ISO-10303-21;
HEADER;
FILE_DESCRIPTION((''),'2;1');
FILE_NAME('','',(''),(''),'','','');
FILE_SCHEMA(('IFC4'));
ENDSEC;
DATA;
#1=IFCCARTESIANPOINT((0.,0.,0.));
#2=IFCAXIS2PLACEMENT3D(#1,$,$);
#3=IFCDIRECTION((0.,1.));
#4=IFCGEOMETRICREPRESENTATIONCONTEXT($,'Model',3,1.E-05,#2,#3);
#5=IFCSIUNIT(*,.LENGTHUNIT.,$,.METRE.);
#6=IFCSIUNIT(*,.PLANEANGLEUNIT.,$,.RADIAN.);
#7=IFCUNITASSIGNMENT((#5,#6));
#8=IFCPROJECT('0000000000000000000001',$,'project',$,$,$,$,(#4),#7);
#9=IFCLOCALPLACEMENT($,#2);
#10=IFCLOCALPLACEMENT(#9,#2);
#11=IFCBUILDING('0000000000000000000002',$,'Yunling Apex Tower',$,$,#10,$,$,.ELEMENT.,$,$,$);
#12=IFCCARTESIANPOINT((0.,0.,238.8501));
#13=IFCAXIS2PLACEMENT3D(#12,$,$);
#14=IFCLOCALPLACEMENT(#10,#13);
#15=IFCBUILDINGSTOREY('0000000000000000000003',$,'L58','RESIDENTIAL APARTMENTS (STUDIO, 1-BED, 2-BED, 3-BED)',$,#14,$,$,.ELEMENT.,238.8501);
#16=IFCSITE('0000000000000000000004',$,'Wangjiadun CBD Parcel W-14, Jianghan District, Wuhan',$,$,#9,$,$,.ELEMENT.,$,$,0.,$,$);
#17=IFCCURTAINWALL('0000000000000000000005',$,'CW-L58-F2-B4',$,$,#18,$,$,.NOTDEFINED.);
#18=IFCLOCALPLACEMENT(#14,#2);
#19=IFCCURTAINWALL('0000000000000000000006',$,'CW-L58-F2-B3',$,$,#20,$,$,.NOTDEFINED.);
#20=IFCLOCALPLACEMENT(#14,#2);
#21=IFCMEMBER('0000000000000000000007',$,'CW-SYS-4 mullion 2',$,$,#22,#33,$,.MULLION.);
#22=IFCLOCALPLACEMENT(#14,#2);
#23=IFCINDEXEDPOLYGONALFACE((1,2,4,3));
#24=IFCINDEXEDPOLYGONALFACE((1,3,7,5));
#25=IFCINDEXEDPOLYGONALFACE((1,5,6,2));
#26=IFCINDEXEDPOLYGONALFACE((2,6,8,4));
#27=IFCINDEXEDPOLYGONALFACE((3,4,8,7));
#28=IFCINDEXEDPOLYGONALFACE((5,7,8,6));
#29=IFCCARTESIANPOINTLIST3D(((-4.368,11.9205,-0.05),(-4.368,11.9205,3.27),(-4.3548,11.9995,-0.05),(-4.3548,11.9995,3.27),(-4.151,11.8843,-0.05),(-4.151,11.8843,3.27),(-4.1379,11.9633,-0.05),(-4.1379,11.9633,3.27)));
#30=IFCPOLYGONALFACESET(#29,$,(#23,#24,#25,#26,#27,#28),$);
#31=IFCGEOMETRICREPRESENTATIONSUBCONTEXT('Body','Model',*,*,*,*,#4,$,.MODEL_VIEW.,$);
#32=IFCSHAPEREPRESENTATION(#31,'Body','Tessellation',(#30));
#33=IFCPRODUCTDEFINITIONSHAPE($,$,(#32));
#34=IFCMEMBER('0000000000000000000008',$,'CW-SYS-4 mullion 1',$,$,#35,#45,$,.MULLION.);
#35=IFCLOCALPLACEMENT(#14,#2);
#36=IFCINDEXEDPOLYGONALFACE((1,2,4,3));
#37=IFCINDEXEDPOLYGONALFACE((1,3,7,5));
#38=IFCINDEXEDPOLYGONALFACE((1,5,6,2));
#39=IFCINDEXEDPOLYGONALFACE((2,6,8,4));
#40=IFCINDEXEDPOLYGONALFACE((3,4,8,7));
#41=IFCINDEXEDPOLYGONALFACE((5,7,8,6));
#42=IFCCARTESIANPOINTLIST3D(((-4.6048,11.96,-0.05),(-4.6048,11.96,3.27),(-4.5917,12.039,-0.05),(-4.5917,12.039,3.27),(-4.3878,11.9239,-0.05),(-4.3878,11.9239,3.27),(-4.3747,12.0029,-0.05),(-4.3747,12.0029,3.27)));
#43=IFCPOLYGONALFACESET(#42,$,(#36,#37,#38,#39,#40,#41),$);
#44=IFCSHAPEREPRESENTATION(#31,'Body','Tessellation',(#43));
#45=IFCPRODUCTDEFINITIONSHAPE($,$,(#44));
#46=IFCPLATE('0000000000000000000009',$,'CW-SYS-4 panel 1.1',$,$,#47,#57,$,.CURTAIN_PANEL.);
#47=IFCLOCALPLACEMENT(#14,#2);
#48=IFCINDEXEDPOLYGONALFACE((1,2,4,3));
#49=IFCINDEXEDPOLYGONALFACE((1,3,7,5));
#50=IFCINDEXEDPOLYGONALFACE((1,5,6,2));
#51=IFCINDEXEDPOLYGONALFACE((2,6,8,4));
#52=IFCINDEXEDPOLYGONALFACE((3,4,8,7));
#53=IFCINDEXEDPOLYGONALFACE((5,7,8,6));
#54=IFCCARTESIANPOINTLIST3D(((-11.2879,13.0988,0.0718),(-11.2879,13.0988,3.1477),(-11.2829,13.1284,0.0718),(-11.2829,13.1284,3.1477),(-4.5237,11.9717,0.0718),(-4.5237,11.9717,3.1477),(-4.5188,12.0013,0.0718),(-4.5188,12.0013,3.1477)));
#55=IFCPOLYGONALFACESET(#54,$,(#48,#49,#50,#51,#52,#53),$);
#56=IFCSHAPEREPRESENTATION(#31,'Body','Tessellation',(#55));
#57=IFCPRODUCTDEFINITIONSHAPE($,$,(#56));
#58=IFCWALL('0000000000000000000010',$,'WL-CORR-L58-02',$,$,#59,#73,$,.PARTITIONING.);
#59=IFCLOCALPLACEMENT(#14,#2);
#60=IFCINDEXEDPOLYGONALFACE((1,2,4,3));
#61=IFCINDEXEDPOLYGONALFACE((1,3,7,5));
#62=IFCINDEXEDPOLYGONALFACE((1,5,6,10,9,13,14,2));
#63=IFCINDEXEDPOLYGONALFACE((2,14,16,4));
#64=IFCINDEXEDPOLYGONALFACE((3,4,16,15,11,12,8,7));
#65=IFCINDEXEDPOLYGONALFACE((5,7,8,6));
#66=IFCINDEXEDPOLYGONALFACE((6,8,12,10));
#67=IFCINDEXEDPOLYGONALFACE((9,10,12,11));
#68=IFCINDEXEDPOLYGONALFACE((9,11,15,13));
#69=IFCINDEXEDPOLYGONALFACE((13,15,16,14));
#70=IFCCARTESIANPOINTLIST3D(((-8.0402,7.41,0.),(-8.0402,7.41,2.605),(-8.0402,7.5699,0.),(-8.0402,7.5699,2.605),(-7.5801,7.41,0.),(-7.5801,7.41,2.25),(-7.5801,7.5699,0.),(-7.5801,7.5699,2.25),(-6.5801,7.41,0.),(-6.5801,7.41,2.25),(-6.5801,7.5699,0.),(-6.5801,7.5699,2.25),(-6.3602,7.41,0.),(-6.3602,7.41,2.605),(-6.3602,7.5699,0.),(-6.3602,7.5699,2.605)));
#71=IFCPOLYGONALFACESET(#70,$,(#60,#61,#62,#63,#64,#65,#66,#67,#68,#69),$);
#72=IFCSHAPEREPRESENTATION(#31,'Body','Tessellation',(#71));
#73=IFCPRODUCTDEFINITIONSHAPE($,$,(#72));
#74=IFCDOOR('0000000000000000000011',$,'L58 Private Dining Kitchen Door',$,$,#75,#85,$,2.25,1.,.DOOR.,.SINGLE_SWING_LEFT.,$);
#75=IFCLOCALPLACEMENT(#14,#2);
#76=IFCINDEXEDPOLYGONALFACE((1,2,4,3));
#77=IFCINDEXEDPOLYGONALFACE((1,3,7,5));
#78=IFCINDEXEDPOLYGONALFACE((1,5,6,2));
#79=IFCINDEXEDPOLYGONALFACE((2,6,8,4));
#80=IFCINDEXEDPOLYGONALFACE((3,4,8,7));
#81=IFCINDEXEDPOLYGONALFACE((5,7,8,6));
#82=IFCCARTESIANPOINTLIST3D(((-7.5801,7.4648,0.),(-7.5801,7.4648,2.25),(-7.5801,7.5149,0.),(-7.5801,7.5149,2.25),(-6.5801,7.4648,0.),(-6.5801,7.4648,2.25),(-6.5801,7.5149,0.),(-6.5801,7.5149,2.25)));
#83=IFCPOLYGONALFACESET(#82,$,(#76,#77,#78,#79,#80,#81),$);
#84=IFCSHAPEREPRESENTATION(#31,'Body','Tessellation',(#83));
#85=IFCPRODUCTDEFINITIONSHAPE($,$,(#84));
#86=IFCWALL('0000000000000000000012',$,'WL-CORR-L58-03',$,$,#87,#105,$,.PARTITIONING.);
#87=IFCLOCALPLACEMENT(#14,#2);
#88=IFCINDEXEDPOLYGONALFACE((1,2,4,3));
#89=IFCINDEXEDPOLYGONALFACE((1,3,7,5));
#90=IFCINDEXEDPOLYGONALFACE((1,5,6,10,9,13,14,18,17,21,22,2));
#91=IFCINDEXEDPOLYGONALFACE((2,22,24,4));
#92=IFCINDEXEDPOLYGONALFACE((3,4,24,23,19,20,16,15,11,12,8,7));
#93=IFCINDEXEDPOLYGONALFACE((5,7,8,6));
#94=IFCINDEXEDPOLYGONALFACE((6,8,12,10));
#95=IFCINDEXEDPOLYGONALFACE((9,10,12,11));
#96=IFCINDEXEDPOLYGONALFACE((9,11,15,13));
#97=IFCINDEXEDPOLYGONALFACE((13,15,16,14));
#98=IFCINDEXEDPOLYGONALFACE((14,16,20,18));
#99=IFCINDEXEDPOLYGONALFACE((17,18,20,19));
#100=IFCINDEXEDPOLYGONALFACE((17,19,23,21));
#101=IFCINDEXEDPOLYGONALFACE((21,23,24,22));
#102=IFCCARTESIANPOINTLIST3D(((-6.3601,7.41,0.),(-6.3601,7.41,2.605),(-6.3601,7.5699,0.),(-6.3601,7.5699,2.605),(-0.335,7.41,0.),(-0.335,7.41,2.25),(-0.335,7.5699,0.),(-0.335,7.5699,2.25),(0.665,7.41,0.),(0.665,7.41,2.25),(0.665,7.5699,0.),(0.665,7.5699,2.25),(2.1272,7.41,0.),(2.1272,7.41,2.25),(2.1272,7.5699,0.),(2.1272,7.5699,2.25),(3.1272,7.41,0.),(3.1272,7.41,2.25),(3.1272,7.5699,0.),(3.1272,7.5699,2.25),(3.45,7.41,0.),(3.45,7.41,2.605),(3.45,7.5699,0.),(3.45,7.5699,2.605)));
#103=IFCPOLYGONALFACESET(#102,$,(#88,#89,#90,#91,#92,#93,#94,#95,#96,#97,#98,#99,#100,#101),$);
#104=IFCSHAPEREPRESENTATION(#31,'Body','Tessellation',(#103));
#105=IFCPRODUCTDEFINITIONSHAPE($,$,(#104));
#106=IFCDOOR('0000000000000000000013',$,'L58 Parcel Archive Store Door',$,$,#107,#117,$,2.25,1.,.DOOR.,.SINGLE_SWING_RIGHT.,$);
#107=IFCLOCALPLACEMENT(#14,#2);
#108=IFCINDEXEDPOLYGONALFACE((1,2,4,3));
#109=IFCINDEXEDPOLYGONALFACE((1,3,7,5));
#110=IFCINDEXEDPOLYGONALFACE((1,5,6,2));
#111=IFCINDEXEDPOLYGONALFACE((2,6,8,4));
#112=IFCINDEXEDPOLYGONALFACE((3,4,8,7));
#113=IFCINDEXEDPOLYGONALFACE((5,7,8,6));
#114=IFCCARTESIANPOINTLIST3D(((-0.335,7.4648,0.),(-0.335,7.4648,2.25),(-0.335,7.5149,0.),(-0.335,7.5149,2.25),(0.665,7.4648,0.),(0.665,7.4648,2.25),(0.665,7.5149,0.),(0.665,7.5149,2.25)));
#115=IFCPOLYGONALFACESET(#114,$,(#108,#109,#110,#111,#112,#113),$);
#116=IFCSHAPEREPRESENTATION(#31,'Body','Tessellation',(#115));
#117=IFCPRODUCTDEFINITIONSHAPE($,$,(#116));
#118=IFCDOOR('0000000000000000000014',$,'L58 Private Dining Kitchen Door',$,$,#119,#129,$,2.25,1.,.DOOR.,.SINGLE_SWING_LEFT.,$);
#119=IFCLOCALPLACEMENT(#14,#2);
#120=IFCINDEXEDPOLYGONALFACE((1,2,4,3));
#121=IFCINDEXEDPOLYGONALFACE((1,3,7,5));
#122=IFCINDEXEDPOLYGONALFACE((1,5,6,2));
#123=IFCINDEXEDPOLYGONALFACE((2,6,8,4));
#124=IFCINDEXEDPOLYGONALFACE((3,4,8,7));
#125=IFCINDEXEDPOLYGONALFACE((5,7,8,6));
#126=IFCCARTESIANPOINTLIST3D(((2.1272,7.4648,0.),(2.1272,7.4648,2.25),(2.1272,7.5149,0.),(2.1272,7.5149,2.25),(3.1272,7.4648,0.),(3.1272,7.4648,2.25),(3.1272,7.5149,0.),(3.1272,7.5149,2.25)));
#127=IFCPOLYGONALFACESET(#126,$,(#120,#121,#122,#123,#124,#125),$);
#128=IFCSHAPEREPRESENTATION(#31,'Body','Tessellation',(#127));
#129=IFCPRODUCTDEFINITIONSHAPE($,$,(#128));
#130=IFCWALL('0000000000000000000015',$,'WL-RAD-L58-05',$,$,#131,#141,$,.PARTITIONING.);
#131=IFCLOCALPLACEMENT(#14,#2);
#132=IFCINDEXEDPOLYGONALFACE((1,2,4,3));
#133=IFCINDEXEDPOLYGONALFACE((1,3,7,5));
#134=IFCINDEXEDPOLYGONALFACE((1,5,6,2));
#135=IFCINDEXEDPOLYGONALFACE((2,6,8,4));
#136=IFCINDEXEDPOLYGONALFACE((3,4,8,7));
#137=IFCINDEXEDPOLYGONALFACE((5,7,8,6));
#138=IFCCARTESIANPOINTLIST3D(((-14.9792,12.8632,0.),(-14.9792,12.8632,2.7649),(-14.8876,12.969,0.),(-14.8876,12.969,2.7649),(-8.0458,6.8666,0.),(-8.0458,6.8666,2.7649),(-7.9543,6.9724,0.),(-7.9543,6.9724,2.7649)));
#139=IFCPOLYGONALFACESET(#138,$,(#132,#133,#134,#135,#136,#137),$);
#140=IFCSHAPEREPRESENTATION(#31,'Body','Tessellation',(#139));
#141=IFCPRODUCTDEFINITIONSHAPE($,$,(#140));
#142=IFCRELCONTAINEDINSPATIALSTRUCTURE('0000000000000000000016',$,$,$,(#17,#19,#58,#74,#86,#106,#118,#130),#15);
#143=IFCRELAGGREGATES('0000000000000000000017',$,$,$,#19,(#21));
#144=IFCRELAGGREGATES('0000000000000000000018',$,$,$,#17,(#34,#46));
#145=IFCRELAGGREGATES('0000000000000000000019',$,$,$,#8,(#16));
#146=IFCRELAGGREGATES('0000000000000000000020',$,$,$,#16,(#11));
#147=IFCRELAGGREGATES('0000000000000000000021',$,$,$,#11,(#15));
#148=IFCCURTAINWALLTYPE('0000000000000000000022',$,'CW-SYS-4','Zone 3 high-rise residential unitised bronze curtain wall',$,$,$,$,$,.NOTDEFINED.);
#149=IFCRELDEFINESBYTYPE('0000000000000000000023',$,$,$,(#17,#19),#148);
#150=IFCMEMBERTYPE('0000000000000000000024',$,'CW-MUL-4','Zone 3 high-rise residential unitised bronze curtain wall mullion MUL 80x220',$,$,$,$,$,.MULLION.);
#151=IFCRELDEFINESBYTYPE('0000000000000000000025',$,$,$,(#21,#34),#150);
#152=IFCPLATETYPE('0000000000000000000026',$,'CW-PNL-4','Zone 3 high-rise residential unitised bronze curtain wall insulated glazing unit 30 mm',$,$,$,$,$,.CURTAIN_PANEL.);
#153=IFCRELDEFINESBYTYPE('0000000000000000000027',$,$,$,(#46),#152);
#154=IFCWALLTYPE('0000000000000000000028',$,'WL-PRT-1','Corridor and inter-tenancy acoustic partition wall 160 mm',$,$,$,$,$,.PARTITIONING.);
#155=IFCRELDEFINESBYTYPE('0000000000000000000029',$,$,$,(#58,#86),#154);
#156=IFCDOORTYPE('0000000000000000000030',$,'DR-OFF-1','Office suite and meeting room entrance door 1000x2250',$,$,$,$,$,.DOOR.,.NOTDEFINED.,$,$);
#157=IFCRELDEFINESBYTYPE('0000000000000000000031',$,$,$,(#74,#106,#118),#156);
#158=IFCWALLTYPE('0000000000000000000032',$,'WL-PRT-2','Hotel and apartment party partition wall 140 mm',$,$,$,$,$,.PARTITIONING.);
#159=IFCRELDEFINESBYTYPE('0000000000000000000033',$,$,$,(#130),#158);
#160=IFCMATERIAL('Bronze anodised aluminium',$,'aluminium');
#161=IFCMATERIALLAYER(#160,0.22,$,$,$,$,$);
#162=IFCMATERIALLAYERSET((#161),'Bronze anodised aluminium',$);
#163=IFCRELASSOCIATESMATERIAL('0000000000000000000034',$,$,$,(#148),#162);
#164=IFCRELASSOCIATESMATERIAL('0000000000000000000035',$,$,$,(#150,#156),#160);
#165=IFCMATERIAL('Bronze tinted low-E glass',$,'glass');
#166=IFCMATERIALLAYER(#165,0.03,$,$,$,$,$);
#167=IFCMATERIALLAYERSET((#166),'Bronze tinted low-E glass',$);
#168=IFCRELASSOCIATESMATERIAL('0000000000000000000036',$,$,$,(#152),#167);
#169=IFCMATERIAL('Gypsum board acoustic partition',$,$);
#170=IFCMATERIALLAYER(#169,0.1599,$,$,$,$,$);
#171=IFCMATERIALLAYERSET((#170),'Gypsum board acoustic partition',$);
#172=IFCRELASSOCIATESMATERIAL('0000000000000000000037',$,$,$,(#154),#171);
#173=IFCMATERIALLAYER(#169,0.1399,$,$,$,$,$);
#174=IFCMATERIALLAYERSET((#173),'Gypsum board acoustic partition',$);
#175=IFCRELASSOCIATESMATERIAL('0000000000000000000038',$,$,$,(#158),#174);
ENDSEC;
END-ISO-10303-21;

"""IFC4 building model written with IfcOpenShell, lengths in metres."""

from ifc_helpers import new_model, si_unit, direction, frame, frame_2d, origin, origin_2d, place, context, subcontext, project, spatial, rectangle, extrude, source, transform, mapped, material, layer, layer_set, material_profile, profile_set, type_object, element, fill, aggregate, save


model = new_model("IFC4")

# Units and contexts
model_context = context("Model", 3, precision=1e-05, world=origin(), true_north=direction((0.0, 1.0)))
body_context = subcontext(model_context, "Body", "Model", "MODEL_VIEW")
ifc_project = project(units=[si_unit("LENGTHUNIT", "METRE"), si_unit("PLANEANGLEUNIT", "RADIAN")], contexts=[model_context])

# Site, building, storey
site_placement = place(None, origin())
site = spatial("IfcSite", under=ifc_project, at=site_placement, Name="Wangjiadun CBD Parcel W-14, Jianghan District, Wuhan", CompositionType="ELEMENT", RefElevation=0.0)
building_placement = place(site_placement, origin())
building = spatial("IfcBuilding", under=site, at=building_placement, Name="Yunling Apex Tower", CompositionType="ELEMENT")
storey_placement = place(building_placement, frame((0.0, 0.0, 238.8501)))
storey = spatial("IfcBuildingStorey", under=building, at=storey_placement, Name="L58", Description="RESIDENTIAL APARTMENTS (STUDIO, 1-BED, 2-BED, 3-BED)", CompositionType="ELEMENT", Elevation=238.8501)

# Curtain wall
ifc_material_1 = material(Name="Bronze anodised aluminium", Category="aluminium")
ifc_layer_1 = layer(ifc_material_1, 0.22)
ifc_layer_set_1 = layer_set([ifc_layer_1], Name="Bronze anodised aluminium")
curtain_wall_type = type_object("IfcCurtainWallType", Name="CW-SYS-4", Description="Zone 3 high-rise residential unitised bronze curtain wall", PredefinedType="NOTDEFINED", material=ifc_layer_set_1)
curtain_wall_1_placement = place(storey_placement, origin())
curtain_wall_1 = element("IfcCurtainWall", 1, at=curtain_wall_1_placement, inside=storey, type_object=curtain_wall_type, Name="CW-L58-F2-B4", PredefinedType="NOTDEFINED")

# Curtain wall, member
curtain_wall_2_placement = place(storey_placement, origin())
curtain_wall_2 = element("IfcCurtainWall", 2, at=curtain_wall_2_placement, inside=storey, type_object=curtain_wall_type, Name="CW-L58-F2-B3", PredefinedType="NOTDEFINED")
ifc_material_profile_1 = material_profile(ifc_material_1, rectangle(XDim=0.0801, YDim=0.22, at=origin_2d()))
ifc_profile_set_1 = profile_set([ifc_material_profile_1], Name="Bronze anodised aluminium")
member_type_1 = type_object("IfcMemberType", Name="CW-MUL-4", Description="Zone 3 high-rise residential unitised bronze curtain wall mullion MUL 80x220", PredefinedType="MULLION", material=ifc_profile_set_1)
shared_shape_1 = source(origin(), body_context, "Body", "SweptSolid", [
    extrude(rectangle(XDim=0.0801, YDim=0.22, at=origin_2d()), origin(), (0.0, 0.0, 1.0), 3.3201),
])
member_1_placement = place(storey_placement, frame((-4.2529, 11.9419, -0.05), z_axis=(0.0, 0.0, 1.0), x_axis=(-0.164353, -0.986402, 0.0)))
member_1 = element("IfcMember", 3, at=member_1_placement, type_object=member_type_1, Name="CW-SYS-4 mullion 2", PredefinedType="MULLION", context=body_context, shape_type="MappedRepresentation", body=[
    mapped(shared_shape_1, transform((0.0, 0.0, 0.0), scale=1.0)),
])
aggregate(curtain_wall_2, [member_1])

# Member
member_2_placement = place(storey_placement, frame((-4.4897, 11.9814, -0.05), z_axis=(0.0, 0.0, 1.0), x_axis=(-0.164353, -0.986402, 0.0)))
member_2 = element("IfcMember", 4, at=member_2_placement, type_object=member_type_1, Name="CW-SYS-4 mullion 1", PredefinedType="MULLION", context=body_context, shape_type="MappedRepresentation", body=[
    mapped(shared_shape_1, transform((0.0, 0.0, 0.0), scale=1.0)),
])

# Plate
ifc_material_2 = material(Name="Bronze tinted low-E glass", Category="glass")
ifc_layer_2 = layer(ifc_material_2, 0.03)
ifc_layer_set_2 = layer_set([ifc_layer_2], Name="Bronze tinted low-E glass")
plate_type = type_object("IfcPlateType", Name="CW-PNL-4", Description="Zone 3 high-rise residential unitised bronze curtain wall insulated glazing unit 30 mm", PredefinedType="CURTAIN_PANEL", material=ifc_layer_set_2)
shared_shape_2 = source(origin(), body_context, "Body", "SweptSolid", [
    extrude(rectangle(XDim=6.8574, YDim=0.03, at=origin_2d()), origin(), (0.0, 0.0, 1.0), 3.0759),
])
plate_placement = place(storey_placement, frame((-7.9033, 12.55, 0.0718), z_axis=(0.0, 0.0, 1.0), x_axis=(-0.986402, 0.164353, 0.0)))
plate = element("IfcPlate", 5, at=plate_placement, type_object=plate_type, Name="CW-SYS-4 panel 1.1", PredefinedType="CURTAIN_PANEL", context=body_context, shape_type="MappedRepresentation", body=[
    mapped(shared_shape_2, transform((0.0, 0.0, 0.0), scale=1.0)),
])
aggregate(curtain_wall_1, [member_2, plate])

# Wall, opening, door
ifc_material_3 = material(Name="Gypsum board acoustic partition")
ifc_layer_3 = layer(ifc_material_3, 0.1599)
ifc_layer_set_3 = layer_set([ifc_layer_3], Name="Gypsum board acoustic partition")
wall_type_1 = type_object("IfcWallType", Name="WL-PRT-1", Description="Corridor and inter-tenancy acoustic partition wall 160 mm", PredefinedType="PARTITIONING", material=ifc_layer_set_3)
wall_1_placement = place(storey_placement, frame((-8.04, 7.49, 0.0), z_axis=(0.0, 0.0, 1.0), x_axis=(1.0, 0.0, 0.0)))
wall_1 = element("IfcWall", 6, at=wall_1_placement, inside=storey, type_object=wall_type_1, Name="WL-CORR-L58-02", PredefinedType="PARTITIONING", context=body_context, shape_type="SweptSolid", body=[
    extrude(rectangle(XDim=1.6799, YDim=0.1599, at=frame_2d((0.8398, 0.0))), origin(), (0.0, 0.0, 1.0), 2.605),
])
opening_1_placement = place(wall_1_placement, frame((0.46, 0.0, 0.0)))
opening_1 = element("IfcOpeningElement", 7, at=opening_1_placement, cuts=wall_1, PredefinedType="OPENING", context=body_context, shape_type="SweptSolid", body=[
    extrude(rectangle(XDim=1.0, YDim=2.25, at=frame_2d((0.5, 1.125))), frame((0.0, 0.0898, 0.0), z_axis=(0.0, -1.0, 0.0), x_axis=(1.0, 0.0, 0.0)), (0.0, 0.0, 1.0), 0.1799),
])
door_type = type_object("IfcDoorType", Name="DR-OFF-1", Description="Office suite and meeting room entrance door 1000x2250", OperationType="NOTDEFINED", PredefinedType="DOOR", material=ifc_material_1)
door_1_placement = place(opening_1_placement, origin())
door_1 = element("IfcDoor", 8, at=door_1_placement, inside=storey, type_object=door_type, Name="L58 Private Dining Kitchen Door", OperationType="SINGLE_SWING_LEFT", OverallHeight=2.25, OverallWidth=1.0, PredefinedType="DOOR", context=body_context, shape_type="SweptSolid", body=[
    extrude(rectangle(XDim=1.0, YDim=2.25, at=frame_2d((0.5, 1.125))), frame((0.0, 0.0249, 0.0), z_axis=(0.0, -1.0, 0.0), x_axis=(1.0, 0.0, 0.0)), (0.0, 0.0, 1.0), 0.05),
])
fill(opening_1, door_1)

# Wall, openings, doors
wall_2_placement = place(storey_placement, frame((-6.3601, 7.49, 0.0), z_axis=(0.0, 0.0, 1.0), x_axis=(1.0, 0.0, 0.0)))
wall_2 = element("IfcWall", 9, at=wall_2_placement, inside=storey, type_object=wall_type_1, Name="WL-CORR-L58-03", PredefinedType="PARTITIONING", context=body_context, shape_type="SweptSolid", body=[
    extrude(rectangle(XDim=9.8101, YDim=0.1599, at=frame_2d((4.905, 0.0))), origin(), (0.0, 0.0, 1.0), 2.605),
])
opening_2_placement = place(wall_2_placement, frame((6.0251, 0.0, 0.0)))
opening_2 = element("IfcOpeningElement", 10, at=opening_2_placement, cuts=wall_2, PredefinedType="OPENING", context=body_context, shape_type="SweptSolid", body=[
    extrude(rectangle(XDim=1.0, YDim=2.25, at=frame_2d((0.5, 1.125))), frame((0.0, 0.0898, 0.0), z_axis=(0.0, -1.0, 0.0), x_axis=(1.0, 0.0, 0.0)), (0.0, 0.0, 1.0), 0.1799),
])
opening_3_placement = place(wall_2_placement, frame((8.4873, 0.0, 0.0)))
opening_3 = element("IfcOpeningElement", 11, at=opening_3_placement, cuts=wall_2, PredefinedType="OPENING", context=body_context, shape_type="SweptSolid", body=[
    extrude(rectangle(XDim=1.0, YDim=2.25, at=frame_2d((0.5, 1.125))), frame((0.0, 0.0898, 0.0), z_axis=(0.0, -1.0, 0.0), x_axis=(1.0, 0.0, 0.0)), (0.0, 0.0, 1.0), 0.1799),
])
door_2_placement = place(opening_2_placement, origin())
door_2 = element("IfcDoor", 12, at=door_2_placement, inside=storey, type_object=door_type, Name="L58 Parcel Archive Store Door", OperationType="SINGLE_SWING_RIGHT", OverallHeight=2.25, OverallWidth=1.0, PredefinedType="DOOR", context=body_context, shape_type="SweptSolid", body=[
    extrude(rectangle(XDim=1.0, YDim=2.25, at=frame_2d((0.5, 1.125))), frame((0.0, 0.0249, 0.0), z_axis=(0.0, -1.0, 0.0), x_axis=(1.0, 0.0, 0.0)), (0.0, 0.0, 1.0), 0.05),
])
fill(opening_2, door_2)
door_3_placement = place(opening_3_placement, origin())
door_3 = element("IfcDoor", 13, at=door_3_placement, inside=storey, type_object=door_type, Name="L58 Private Dining Kitchen Door", OperationType="SINGLE_SWING_LEFT", OverallHeight=2.25, OverallWidth=1.0, PredefinedType="DOOR", context=body_context, shape_type="SweptSolid", body=[
    extrude(rectangle(XDim=1.0, YDim=2.25, at=frame_2d((0.5, 1.125))), frame((0.0, 0.0249, 0.0), z_axis=(0.0, -1.0, 0.0), x_axis=(1.0, 0.0, 0.0)), (0.0, 0.0, 1.0), 0.05),
])
fill(opening_3, door_3)

# Wall
ifc_layer_4 = layer(ifc_material_3, 0.1399)
ifc_layer_set_4 = layer_set([ifc_layer_4], Name="Gypsum board acoustic partition")
wall_type_2 = type_object("IfcWallType", Name="WL-PRT-2", Description="Hotel and apartment party partition wall 140 mm", PredefinedType="PARTITIONING", material=ifc_layer_set_4)
wall_3_placement = place(storey_placement, frame((-8.0, 6.9194, 0.0), z_axis=(0.0, 0.0, 1.0), x_axis=(-0.756354, 0.654163, 0.0)))
element("IfcWall", 14, at=wall_3_placement, inside=storey, type_object=wall_type_2, Name="WL-RAD-L58-05", PredefinedType="PARTITIONING", context=body_context, shape_type="SweptSolid", body=[
    extrude(rectangle(XDim=9.1667, YDim=0.1399, at=frame_2d((4.5835, 0.0))), origin(), (0.0, 0.0, 1.0), 2.7649),
])

save(model, "model.ifc")
